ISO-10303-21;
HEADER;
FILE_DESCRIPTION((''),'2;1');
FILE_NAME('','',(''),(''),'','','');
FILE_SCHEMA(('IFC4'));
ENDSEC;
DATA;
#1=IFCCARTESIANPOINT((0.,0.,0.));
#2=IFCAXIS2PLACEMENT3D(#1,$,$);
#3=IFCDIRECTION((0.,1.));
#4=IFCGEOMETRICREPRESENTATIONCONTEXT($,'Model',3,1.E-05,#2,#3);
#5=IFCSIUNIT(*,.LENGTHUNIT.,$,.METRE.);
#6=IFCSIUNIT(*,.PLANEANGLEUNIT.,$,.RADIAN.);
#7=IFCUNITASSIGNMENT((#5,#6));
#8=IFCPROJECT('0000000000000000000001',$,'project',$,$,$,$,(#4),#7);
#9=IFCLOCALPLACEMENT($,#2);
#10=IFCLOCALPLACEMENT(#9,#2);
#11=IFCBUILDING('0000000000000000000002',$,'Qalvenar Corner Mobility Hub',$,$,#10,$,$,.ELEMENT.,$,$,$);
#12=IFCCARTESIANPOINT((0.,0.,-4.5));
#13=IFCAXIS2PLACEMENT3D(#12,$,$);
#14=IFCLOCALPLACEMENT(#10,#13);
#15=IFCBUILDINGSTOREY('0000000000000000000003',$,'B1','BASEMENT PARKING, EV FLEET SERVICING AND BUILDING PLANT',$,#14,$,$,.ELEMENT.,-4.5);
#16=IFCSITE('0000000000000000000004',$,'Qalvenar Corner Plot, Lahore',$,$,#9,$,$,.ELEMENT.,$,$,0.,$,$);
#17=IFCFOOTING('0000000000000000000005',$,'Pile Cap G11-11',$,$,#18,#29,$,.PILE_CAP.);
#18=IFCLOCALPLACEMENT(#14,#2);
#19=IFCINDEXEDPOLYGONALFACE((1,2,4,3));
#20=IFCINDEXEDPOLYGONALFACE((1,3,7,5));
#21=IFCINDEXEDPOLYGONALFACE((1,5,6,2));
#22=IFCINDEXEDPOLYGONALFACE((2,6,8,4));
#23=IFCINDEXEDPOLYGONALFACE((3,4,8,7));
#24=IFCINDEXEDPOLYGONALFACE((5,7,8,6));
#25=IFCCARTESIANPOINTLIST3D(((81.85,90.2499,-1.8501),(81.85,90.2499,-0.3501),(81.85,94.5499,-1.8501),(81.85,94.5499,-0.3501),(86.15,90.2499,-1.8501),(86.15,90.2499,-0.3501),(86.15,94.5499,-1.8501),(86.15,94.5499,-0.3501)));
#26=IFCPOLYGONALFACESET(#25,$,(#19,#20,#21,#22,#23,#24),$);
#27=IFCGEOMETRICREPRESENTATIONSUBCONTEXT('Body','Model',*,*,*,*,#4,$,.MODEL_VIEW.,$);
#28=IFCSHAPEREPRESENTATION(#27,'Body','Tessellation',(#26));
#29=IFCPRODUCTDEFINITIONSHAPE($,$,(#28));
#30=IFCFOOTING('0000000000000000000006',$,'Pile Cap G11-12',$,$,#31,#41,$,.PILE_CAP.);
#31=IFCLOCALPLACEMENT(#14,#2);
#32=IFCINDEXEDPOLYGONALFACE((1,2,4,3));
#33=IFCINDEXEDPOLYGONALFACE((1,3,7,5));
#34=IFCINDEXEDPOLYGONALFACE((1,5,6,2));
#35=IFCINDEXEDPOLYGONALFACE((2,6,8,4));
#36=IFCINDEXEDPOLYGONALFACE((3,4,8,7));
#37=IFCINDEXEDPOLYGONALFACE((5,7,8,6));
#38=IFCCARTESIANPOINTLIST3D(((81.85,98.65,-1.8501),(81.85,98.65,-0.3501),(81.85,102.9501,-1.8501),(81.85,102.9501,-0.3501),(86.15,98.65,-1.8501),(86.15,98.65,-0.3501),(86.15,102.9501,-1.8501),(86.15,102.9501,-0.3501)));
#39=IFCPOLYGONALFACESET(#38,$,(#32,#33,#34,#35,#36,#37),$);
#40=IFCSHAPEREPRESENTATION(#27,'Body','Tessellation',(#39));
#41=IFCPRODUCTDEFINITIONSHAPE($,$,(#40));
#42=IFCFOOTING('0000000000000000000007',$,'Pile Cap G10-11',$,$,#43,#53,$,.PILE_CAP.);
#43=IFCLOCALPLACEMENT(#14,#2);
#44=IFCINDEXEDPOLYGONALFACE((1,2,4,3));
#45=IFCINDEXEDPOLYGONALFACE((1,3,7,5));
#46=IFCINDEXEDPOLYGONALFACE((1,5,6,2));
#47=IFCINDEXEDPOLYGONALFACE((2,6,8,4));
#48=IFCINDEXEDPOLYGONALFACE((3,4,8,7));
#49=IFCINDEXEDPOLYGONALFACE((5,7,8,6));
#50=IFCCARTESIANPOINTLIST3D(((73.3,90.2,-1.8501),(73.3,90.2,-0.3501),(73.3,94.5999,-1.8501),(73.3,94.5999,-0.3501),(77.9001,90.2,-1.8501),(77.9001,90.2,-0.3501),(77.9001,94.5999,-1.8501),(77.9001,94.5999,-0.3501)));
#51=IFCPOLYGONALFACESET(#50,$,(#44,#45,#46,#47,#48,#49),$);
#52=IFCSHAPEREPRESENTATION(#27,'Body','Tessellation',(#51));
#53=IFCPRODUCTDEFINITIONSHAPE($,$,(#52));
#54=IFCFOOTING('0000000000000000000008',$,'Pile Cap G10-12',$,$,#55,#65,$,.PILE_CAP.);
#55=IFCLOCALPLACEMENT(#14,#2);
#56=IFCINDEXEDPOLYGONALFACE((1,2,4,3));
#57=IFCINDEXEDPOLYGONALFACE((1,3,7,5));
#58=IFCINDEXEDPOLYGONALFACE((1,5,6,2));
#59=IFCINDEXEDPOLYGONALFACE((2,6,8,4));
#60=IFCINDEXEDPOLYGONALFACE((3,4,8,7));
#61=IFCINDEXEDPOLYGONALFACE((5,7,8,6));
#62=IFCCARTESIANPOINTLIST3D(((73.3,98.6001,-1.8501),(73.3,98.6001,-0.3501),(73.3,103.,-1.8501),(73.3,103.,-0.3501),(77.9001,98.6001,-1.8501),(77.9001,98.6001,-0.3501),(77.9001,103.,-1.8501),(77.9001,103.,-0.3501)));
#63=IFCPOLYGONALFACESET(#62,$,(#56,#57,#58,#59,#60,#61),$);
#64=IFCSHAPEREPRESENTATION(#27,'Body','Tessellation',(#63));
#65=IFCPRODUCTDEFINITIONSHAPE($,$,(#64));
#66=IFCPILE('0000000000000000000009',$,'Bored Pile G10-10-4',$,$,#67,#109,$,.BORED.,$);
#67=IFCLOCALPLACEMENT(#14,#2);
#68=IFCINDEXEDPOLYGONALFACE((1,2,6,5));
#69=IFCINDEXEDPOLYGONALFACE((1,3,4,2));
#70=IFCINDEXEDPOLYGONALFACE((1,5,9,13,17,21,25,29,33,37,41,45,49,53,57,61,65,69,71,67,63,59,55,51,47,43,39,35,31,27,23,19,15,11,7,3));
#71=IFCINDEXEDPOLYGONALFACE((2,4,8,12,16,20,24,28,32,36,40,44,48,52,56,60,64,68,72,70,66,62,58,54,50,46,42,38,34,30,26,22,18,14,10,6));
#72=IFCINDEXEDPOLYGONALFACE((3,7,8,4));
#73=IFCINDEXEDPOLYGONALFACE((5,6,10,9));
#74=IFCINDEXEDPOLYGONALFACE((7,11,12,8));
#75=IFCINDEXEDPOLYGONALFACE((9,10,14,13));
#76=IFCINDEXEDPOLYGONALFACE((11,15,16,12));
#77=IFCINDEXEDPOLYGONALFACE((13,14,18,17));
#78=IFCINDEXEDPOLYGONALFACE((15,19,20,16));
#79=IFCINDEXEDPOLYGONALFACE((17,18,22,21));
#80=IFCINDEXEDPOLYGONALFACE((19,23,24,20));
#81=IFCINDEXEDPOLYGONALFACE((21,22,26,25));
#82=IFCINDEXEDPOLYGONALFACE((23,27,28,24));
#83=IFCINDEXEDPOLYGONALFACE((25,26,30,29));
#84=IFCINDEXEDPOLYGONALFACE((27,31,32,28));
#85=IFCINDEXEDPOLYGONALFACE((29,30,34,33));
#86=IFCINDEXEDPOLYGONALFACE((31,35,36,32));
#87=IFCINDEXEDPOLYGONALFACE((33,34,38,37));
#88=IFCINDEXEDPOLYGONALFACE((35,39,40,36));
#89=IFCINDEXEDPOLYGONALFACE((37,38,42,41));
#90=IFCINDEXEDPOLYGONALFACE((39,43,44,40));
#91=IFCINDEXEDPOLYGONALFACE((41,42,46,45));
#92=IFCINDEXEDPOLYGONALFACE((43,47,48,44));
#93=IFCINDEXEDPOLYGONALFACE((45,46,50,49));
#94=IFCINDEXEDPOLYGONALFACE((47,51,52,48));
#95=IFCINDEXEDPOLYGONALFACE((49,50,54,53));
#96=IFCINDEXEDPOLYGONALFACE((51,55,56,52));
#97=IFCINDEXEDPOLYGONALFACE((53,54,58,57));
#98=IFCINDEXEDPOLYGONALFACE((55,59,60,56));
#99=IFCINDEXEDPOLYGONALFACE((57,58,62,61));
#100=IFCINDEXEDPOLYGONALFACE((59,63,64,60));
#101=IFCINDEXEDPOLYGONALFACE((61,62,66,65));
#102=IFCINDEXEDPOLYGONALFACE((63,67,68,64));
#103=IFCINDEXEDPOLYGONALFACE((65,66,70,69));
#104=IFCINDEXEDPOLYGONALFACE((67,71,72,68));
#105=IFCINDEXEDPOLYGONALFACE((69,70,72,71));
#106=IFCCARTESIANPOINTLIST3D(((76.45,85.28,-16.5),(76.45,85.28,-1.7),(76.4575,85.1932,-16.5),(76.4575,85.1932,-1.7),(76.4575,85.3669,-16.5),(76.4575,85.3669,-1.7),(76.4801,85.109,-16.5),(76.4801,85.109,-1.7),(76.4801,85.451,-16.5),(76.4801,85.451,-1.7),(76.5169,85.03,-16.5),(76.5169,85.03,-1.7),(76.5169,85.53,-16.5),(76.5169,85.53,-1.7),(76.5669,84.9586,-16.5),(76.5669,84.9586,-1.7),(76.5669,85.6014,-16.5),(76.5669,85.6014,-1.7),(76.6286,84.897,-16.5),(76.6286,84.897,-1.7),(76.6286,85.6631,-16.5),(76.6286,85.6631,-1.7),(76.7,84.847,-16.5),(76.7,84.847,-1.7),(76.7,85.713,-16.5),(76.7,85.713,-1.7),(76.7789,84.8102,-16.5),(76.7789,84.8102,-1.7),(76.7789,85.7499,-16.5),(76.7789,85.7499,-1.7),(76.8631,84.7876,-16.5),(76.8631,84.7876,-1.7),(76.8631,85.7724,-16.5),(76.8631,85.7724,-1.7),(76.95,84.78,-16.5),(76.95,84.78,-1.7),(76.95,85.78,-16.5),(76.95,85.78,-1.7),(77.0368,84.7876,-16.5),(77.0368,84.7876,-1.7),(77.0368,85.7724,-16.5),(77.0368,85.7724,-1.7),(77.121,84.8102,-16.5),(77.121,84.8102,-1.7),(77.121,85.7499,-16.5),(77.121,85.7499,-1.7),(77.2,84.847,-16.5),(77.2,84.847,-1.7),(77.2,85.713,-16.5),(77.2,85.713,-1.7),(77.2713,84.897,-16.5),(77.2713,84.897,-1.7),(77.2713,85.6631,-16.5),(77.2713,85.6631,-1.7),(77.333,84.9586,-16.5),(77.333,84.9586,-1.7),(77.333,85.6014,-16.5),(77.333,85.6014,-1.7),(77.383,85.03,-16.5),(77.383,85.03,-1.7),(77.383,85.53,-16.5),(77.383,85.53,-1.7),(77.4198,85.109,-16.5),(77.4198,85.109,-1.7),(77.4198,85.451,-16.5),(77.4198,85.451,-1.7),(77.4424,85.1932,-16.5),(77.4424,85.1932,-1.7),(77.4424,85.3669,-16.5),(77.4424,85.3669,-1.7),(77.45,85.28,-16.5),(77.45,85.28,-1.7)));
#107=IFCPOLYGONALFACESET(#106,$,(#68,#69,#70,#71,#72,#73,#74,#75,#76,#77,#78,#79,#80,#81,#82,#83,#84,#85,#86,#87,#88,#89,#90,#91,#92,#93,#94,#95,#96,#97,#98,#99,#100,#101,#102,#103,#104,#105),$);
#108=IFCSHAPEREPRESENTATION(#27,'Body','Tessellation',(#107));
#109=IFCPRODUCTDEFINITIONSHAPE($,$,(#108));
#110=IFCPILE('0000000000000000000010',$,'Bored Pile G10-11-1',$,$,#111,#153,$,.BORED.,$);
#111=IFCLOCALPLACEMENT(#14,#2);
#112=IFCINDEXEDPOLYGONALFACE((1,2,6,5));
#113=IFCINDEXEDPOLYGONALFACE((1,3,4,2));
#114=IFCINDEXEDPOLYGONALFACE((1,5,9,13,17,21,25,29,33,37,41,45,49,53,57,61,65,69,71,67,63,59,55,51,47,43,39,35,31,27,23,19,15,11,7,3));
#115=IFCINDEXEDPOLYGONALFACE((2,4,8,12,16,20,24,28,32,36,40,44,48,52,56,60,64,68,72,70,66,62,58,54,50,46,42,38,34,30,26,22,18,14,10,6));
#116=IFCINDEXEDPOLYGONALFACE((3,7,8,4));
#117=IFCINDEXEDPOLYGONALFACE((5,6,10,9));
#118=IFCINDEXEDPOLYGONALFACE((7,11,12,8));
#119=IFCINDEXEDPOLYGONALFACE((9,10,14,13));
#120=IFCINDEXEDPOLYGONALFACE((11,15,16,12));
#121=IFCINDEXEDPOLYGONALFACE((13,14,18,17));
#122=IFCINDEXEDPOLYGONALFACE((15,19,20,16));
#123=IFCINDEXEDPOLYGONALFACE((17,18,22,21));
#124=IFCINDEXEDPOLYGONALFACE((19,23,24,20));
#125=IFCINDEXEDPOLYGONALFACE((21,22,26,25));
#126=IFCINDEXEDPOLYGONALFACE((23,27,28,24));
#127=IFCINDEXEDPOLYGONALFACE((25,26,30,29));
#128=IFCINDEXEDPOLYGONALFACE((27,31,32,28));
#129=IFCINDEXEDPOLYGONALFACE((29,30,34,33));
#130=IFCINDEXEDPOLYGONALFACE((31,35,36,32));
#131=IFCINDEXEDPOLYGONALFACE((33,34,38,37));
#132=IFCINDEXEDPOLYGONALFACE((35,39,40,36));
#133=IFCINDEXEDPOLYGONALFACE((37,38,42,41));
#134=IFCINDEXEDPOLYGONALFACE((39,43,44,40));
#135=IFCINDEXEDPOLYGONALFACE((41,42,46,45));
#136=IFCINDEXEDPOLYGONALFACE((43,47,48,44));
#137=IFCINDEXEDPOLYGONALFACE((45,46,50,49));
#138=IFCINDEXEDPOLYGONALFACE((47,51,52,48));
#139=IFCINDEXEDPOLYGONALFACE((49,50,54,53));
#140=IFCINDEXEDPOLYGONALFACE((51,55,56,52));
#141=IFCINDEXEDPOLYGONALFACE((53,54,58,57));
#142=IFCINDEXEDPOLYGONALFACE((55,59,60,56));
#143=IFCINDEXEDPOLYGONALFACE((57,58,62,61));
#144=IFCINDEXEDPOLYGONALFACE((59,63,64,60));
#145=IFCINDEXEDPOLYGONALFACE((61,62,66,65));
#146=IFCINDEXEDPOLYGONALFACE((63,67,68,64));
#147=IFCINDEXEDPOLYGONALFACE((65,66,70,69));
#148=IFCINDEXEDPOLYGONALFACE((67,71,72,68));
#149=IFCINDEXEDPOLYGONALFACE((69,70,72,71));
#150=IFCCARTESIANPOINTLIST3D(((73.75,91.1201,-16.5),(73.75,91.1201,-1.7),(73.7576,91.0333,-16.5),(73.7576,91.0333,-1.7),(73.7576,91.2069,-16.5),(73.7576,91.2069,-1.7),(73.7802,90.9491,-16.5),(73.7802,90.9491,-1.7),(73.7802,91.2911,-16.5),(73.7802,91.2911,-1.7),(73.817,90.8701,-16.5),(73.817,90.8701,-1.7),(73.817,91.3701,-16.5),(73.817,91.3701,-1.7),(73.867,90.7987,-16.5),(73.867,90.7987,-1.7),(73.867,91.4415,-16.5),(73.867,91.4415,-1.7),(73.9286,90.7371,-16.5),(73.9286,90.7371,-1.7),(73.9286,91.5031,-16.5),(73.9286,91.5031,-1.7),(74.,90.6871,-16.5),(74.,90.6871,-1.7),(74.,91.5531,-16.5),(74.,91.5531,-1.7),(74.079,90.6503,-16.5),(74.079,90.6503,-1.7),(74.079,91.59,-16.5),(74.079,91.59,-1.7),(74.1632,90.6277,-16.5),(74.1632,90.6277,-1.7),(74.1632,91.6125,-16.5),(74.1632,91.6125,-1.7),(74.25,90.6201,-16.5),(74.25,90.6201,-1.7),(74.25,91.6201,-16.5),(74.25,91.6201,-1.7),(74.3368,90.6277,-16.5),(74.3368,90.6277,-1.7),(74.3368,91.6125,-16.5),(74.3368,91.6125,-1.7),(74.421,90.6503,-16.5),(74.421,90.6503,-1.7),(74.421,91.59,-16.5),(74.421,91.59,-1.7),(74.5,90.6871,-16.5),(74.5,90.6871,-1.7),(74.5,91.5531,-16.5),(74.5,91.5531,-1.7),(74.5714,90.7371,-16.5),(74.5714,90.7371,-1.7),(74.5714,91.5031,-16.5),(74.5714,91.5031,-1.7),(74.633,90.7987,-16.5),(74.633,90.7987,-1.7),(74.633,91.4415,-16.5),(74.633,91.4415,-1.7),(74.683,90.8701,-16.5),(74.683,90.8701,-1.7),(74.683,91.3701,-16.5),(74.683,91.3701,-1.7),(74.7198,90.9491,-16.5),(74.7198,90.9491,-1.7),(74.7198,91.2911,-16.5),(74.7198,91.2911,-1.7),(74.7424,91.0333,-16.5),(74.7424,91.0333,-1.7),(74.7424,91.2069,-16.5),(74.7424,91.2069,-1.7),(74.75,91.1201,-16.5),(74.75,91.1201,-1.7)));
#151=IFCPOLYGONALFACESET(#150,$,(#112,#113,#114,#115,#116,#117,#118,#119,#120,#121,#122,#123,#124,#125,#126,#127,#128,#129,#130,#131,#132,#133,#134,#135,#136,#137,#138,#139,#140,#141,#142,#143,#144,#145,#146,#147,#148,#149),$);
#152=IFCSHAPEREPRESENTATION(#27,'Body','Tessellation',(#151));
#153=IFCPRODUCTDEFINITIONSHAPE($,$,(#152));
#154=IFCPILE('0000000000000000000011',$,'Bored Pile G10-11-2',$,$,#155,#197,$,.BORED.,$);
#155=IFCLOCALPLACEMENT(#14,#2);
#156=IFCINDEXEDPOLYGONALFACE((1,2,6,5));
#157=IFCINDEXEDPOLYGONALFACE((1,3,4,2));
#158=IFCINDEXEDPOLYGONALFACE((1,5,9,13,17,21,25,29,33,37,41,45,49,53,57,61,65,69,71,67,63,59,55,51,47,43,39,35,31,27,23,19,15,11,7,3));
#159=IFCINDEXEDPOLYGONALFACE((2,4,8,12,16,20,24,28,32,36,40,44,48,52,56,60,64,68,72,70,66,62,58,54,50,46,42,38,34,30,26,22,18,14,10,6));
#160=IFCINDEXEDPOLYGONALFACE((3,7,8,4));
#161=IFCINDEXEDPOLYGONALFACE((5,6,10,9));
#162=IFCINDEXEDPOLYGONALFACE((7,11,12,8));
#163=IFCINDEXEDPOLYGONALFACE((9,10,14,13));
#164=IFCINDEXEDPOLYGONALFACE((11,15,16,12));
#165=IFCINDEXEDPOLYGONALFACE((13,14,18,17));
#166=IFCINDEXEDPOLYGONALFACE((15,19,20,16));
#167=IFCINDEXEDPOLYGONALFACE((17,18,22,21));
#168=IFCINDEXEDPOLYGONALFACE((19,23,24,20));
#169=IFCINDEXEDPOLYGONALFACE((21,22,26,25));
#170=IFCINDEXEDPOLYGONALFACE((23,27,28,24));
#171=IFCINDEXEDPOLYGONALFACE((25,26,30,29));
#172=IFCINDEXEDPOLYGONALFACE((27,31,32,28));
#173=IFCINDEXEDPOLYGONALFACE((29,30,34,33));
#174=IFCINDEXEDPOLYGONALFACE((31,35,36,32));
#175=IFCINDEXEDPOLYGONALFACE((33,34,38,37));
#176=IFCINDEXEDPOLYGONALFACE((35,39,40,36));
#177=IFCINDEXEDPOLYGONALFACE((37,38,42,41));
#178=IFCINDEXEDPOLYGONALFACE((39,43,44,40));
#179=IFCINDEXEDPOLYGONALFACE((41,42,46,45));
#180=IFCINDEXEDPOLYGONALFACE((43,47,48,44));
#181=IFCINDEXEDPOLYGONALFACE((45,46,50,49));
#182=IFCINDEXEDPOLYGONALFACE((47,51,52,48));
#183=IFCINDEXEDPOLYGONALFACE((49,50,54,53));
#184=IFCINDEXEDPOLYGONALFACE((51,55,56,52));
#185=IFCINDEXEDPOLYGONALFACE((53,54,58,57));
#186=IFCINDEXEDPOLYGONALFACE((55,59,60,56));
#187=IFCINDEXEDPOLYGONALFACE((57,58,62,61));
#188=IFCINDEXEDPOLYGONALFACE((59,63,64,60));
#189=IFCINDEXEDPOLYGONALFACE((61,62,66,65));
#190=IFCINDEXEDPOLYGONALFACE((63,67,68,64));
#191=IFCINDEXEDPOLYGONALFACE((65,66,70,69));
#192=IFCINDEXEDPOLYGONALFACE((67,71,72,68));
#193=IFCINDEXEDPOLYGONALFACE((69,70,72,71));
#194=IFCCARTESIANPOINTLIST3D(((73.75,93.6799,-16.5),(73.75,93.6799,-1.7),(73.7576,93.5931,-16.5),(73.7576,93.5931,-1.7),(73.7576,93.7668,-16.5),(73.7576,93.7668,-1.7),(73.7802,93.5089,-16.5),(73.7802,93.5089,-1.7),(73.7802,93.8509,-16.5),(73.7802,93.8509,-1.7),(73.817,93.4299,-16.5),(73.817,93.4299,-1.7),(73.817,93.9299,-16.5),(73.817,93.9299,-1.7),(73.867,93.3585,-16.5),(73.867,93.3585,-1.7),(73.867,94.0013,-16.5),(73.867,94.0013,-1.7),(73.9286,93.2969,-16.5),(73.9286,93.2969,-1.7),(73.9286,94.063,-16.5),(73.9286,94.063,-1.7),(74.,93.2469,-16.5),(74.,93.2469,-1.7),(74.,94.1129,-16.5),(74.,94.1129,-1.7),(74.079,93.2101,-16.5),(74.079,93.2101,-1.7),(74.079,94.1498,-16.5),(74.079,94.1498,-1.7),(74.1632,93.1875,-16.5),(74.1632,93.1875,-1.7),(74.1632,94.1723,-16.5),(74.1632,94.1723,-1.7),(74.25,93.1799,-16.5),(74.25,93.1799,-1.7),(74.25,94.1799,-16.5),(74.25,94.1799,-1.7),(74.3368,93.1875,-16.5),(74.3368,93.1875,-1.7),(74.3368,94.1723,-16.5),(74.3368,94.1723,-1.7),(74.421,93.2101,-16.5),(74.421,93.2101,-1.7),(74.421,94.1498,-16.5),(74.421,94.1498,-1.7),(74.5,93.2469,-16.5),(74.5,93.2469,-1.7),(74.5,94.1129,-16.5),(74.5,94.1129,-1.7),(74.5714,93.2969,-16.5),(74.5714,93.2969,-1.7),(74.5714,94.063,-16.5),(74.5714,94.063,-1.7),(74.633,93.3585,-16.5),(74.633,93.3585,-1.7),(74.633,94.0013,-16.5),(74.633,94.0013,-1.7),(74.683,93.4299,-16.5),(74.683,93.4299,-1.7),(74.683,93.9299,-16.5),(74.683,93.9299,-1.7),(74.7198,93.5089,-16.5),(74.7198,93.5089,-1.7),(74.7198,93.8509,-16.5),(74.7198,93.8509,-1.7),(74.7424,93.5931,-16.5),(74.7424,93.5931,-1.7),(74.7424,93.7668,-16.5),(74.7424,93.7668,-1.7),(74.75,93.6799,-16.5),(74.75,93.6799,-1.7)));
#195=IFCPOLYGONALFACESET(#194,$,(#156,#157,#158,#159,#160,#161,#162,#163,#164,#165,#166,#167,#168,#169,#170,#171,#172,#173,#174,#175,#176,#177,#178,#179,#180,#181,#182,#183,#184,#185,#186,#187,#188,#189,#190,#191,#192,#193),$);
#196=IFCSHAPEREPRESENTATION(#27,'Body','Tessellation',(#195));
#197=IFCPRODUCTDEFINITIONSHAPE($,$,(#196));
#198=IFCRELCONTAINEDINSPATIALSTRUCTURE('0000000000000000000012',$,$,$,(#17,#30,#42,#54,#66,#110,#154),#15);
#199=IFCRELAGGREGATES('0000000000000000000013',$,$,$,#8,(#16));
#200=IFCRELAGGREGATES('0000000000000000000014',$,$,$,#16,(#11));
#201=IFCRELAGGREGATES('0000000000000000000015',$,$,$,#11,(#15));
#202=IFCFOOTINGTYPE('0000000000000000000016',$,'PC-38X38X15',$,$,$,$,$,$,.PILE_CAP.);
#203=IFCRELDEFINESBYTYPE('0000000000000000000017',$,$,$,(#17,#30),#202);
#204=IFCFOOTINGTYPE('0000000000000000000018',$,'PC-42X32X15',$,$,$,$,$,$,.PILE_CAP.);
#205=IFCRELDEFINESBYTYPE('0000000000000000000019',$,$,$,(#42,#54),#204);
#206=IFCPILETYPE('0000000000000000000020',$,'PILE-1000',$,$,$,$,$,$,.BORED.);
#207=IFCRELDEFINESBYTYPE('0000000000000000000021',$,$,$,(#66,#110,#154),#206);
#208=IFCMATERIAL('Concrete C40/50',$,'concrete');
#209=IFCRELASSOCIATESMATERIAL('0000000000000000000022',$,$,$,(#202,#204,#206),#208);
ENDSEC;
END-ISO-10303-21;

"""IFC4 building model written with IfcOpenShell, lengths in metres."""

from ifc_helpers import new_model, si_unit, direction, frame, origin, origin_2d, place, context, subcontext, project, spatial, rectangle, circle, extrude, material, material_profile, profile_set, type_object, element, save


model = new_model("IFC4")

# Units and contexts
model_context = context("Model", 3, precision=1e-05, world=origin(), true_north=direction((0.0, 1.0)))
body_context = subcontext(model_context, "Body", "Model", "MODEL_VIEW")
ifc_project = project(units=[si_unit("LENGTHUNIT", "METRE"), si_unit("PLANEANGLEUNIT", "RADIAN")], contexts=[model_context])

# Site, building, storey
site_placement = place(None, origin())
site = spatial("IfcSite", under=ifc_project, at=site_placement, Name="Qalvenar Corner Plot, Lahore", CompositionType="ELEMENT", RefElevation=0.0)
building_placement = place(site_placement, origin())
building = spatial("IfcBuilding", under=site, at=building_placement, Name="Qalvenar Corner Mobility Hub", CompositionType="ELEMENT")
storey_placement = place(building_placement, frame((0.0, 0.0, -4.5)))
storey = spatial("IfcBuildingStorey", under=building, at=storey_placement, Name="B1", Description="BASEMENT PARKING, EV FLEET SERVICING AND BUILDING PLANT", CompositionType="ELEMENT", Elevation=-4.5)

# Footings
ifc_material_1 = material(Name="Concrete C40/50", Category="concrete")
footing_type_1 = type_object("IfcFootingType", Name="PC-38X38X15", PredefinedType="PILE_CAP", material=ifc_material_1)
for number, where, z_axis, x_axis, name in (
    (1, (84.0, 92.3999, -1.8501), (0.0, 0.0, 1.0), (1.0, 0.0, 0.0), "Pile Cap G11-11"),
    (2, (84.0, 100.8, -1.8501), (0.0, 0.0, 1.0), (1.0, 0.0, 0.0), "Pile Cap G11-12"),
):
    element("IfcFooting", number, at=place(storey_placement, frame(where, z_axis=z_axis, x_axis=x_axis)), inside=storey, type_object=footing_type_1, Name=name, PredefinedType="PILE_CAP", context=body_context, shape_type="SweptSolid", body=[
        extrude(rectangle(XDim=4.3, YDim=4.3, at=origin_2d()), origin(), (0.0, 0.0, 1.0), 1.5),
    ])
footing_type_2 = type_object("IfcFootingType", Name="PC-42X32X15", PredefinedType="PILE_CAP", material=ifc_material_1)
for number, where, z_axis, x_axis, name in (
    (3, (75.6001, 92.3999, -1.8501), (0.0, 0.0, 1.0), (1.0, 0.0, 0.0), "Pile Cap G10-11"),
    (4, (75.6001, 100.8, -1.8501), (0.0, 0.0, 1.0), (1.0, 0.0, 0.0), "Pile Cap G10-12"),
):
    element("IfcFooting", number, at=place(storey_placement, frame(where, z_axis=z_axis, x_axis=x_axis)), inside=storey, type_object=footing_type_2, Name=name, PredefinedType="PILE_CAP", context=body_context, shape_type="SweptSolid", body=[
        extrude(rectangle(XDim=4.6001, YDim=4.3999, at=origin_2d()), origin(), (0.0, 0.0, 1.0), 1.5),
    ])

# Piles
ifc_material_profile_1 = material_profile(ifc_material_1, circle(Radius=0.5, at=origin_2d()), Name="DIA1000")
ifc_profile_set_1 = profile_set([ifc_material_profile_1], Name="Concrete C40/50")
pile_type = type_object("IfcPileType", Name="PILE-1000", PredefinedType="BORED", material=ifc_profile_set_1)
for number, where, z_axis, x_axis, name in (
    (5, (76.95, 85.28, -1.7), (0.0, 0.0, -1.0), (1.0, 0.0, 0.0), "Bored Pile G10-10-4"),
    (6, (74.25, 91.1201, -1.7), (0.0, 0.0, -1.0), (1.0, 0.0, 0.0), "Bored Pile G10-11-1"),
    (7, (74.25, 93.6799, -1.7), (0.0, 0.0, -1.0), (1.0, 0.0, 0.0), "Bored Pile G10-11-2"),
):
    element("IfcPile", number, at=place(storey_placement, frame(where, z_axis=z_axis, x_axis=x_axis)), inside=storey, type_object=pile_type, Name=name, PredefinedType="BORED", context=body_context, shape_type="SweptSolid", body=[
        extrude(circle(Radius=0.5, at=origin_2d()), origin(), (0.0, 0.0, 1.0), 14.8),
    ])

save(model, "model.ifc")
